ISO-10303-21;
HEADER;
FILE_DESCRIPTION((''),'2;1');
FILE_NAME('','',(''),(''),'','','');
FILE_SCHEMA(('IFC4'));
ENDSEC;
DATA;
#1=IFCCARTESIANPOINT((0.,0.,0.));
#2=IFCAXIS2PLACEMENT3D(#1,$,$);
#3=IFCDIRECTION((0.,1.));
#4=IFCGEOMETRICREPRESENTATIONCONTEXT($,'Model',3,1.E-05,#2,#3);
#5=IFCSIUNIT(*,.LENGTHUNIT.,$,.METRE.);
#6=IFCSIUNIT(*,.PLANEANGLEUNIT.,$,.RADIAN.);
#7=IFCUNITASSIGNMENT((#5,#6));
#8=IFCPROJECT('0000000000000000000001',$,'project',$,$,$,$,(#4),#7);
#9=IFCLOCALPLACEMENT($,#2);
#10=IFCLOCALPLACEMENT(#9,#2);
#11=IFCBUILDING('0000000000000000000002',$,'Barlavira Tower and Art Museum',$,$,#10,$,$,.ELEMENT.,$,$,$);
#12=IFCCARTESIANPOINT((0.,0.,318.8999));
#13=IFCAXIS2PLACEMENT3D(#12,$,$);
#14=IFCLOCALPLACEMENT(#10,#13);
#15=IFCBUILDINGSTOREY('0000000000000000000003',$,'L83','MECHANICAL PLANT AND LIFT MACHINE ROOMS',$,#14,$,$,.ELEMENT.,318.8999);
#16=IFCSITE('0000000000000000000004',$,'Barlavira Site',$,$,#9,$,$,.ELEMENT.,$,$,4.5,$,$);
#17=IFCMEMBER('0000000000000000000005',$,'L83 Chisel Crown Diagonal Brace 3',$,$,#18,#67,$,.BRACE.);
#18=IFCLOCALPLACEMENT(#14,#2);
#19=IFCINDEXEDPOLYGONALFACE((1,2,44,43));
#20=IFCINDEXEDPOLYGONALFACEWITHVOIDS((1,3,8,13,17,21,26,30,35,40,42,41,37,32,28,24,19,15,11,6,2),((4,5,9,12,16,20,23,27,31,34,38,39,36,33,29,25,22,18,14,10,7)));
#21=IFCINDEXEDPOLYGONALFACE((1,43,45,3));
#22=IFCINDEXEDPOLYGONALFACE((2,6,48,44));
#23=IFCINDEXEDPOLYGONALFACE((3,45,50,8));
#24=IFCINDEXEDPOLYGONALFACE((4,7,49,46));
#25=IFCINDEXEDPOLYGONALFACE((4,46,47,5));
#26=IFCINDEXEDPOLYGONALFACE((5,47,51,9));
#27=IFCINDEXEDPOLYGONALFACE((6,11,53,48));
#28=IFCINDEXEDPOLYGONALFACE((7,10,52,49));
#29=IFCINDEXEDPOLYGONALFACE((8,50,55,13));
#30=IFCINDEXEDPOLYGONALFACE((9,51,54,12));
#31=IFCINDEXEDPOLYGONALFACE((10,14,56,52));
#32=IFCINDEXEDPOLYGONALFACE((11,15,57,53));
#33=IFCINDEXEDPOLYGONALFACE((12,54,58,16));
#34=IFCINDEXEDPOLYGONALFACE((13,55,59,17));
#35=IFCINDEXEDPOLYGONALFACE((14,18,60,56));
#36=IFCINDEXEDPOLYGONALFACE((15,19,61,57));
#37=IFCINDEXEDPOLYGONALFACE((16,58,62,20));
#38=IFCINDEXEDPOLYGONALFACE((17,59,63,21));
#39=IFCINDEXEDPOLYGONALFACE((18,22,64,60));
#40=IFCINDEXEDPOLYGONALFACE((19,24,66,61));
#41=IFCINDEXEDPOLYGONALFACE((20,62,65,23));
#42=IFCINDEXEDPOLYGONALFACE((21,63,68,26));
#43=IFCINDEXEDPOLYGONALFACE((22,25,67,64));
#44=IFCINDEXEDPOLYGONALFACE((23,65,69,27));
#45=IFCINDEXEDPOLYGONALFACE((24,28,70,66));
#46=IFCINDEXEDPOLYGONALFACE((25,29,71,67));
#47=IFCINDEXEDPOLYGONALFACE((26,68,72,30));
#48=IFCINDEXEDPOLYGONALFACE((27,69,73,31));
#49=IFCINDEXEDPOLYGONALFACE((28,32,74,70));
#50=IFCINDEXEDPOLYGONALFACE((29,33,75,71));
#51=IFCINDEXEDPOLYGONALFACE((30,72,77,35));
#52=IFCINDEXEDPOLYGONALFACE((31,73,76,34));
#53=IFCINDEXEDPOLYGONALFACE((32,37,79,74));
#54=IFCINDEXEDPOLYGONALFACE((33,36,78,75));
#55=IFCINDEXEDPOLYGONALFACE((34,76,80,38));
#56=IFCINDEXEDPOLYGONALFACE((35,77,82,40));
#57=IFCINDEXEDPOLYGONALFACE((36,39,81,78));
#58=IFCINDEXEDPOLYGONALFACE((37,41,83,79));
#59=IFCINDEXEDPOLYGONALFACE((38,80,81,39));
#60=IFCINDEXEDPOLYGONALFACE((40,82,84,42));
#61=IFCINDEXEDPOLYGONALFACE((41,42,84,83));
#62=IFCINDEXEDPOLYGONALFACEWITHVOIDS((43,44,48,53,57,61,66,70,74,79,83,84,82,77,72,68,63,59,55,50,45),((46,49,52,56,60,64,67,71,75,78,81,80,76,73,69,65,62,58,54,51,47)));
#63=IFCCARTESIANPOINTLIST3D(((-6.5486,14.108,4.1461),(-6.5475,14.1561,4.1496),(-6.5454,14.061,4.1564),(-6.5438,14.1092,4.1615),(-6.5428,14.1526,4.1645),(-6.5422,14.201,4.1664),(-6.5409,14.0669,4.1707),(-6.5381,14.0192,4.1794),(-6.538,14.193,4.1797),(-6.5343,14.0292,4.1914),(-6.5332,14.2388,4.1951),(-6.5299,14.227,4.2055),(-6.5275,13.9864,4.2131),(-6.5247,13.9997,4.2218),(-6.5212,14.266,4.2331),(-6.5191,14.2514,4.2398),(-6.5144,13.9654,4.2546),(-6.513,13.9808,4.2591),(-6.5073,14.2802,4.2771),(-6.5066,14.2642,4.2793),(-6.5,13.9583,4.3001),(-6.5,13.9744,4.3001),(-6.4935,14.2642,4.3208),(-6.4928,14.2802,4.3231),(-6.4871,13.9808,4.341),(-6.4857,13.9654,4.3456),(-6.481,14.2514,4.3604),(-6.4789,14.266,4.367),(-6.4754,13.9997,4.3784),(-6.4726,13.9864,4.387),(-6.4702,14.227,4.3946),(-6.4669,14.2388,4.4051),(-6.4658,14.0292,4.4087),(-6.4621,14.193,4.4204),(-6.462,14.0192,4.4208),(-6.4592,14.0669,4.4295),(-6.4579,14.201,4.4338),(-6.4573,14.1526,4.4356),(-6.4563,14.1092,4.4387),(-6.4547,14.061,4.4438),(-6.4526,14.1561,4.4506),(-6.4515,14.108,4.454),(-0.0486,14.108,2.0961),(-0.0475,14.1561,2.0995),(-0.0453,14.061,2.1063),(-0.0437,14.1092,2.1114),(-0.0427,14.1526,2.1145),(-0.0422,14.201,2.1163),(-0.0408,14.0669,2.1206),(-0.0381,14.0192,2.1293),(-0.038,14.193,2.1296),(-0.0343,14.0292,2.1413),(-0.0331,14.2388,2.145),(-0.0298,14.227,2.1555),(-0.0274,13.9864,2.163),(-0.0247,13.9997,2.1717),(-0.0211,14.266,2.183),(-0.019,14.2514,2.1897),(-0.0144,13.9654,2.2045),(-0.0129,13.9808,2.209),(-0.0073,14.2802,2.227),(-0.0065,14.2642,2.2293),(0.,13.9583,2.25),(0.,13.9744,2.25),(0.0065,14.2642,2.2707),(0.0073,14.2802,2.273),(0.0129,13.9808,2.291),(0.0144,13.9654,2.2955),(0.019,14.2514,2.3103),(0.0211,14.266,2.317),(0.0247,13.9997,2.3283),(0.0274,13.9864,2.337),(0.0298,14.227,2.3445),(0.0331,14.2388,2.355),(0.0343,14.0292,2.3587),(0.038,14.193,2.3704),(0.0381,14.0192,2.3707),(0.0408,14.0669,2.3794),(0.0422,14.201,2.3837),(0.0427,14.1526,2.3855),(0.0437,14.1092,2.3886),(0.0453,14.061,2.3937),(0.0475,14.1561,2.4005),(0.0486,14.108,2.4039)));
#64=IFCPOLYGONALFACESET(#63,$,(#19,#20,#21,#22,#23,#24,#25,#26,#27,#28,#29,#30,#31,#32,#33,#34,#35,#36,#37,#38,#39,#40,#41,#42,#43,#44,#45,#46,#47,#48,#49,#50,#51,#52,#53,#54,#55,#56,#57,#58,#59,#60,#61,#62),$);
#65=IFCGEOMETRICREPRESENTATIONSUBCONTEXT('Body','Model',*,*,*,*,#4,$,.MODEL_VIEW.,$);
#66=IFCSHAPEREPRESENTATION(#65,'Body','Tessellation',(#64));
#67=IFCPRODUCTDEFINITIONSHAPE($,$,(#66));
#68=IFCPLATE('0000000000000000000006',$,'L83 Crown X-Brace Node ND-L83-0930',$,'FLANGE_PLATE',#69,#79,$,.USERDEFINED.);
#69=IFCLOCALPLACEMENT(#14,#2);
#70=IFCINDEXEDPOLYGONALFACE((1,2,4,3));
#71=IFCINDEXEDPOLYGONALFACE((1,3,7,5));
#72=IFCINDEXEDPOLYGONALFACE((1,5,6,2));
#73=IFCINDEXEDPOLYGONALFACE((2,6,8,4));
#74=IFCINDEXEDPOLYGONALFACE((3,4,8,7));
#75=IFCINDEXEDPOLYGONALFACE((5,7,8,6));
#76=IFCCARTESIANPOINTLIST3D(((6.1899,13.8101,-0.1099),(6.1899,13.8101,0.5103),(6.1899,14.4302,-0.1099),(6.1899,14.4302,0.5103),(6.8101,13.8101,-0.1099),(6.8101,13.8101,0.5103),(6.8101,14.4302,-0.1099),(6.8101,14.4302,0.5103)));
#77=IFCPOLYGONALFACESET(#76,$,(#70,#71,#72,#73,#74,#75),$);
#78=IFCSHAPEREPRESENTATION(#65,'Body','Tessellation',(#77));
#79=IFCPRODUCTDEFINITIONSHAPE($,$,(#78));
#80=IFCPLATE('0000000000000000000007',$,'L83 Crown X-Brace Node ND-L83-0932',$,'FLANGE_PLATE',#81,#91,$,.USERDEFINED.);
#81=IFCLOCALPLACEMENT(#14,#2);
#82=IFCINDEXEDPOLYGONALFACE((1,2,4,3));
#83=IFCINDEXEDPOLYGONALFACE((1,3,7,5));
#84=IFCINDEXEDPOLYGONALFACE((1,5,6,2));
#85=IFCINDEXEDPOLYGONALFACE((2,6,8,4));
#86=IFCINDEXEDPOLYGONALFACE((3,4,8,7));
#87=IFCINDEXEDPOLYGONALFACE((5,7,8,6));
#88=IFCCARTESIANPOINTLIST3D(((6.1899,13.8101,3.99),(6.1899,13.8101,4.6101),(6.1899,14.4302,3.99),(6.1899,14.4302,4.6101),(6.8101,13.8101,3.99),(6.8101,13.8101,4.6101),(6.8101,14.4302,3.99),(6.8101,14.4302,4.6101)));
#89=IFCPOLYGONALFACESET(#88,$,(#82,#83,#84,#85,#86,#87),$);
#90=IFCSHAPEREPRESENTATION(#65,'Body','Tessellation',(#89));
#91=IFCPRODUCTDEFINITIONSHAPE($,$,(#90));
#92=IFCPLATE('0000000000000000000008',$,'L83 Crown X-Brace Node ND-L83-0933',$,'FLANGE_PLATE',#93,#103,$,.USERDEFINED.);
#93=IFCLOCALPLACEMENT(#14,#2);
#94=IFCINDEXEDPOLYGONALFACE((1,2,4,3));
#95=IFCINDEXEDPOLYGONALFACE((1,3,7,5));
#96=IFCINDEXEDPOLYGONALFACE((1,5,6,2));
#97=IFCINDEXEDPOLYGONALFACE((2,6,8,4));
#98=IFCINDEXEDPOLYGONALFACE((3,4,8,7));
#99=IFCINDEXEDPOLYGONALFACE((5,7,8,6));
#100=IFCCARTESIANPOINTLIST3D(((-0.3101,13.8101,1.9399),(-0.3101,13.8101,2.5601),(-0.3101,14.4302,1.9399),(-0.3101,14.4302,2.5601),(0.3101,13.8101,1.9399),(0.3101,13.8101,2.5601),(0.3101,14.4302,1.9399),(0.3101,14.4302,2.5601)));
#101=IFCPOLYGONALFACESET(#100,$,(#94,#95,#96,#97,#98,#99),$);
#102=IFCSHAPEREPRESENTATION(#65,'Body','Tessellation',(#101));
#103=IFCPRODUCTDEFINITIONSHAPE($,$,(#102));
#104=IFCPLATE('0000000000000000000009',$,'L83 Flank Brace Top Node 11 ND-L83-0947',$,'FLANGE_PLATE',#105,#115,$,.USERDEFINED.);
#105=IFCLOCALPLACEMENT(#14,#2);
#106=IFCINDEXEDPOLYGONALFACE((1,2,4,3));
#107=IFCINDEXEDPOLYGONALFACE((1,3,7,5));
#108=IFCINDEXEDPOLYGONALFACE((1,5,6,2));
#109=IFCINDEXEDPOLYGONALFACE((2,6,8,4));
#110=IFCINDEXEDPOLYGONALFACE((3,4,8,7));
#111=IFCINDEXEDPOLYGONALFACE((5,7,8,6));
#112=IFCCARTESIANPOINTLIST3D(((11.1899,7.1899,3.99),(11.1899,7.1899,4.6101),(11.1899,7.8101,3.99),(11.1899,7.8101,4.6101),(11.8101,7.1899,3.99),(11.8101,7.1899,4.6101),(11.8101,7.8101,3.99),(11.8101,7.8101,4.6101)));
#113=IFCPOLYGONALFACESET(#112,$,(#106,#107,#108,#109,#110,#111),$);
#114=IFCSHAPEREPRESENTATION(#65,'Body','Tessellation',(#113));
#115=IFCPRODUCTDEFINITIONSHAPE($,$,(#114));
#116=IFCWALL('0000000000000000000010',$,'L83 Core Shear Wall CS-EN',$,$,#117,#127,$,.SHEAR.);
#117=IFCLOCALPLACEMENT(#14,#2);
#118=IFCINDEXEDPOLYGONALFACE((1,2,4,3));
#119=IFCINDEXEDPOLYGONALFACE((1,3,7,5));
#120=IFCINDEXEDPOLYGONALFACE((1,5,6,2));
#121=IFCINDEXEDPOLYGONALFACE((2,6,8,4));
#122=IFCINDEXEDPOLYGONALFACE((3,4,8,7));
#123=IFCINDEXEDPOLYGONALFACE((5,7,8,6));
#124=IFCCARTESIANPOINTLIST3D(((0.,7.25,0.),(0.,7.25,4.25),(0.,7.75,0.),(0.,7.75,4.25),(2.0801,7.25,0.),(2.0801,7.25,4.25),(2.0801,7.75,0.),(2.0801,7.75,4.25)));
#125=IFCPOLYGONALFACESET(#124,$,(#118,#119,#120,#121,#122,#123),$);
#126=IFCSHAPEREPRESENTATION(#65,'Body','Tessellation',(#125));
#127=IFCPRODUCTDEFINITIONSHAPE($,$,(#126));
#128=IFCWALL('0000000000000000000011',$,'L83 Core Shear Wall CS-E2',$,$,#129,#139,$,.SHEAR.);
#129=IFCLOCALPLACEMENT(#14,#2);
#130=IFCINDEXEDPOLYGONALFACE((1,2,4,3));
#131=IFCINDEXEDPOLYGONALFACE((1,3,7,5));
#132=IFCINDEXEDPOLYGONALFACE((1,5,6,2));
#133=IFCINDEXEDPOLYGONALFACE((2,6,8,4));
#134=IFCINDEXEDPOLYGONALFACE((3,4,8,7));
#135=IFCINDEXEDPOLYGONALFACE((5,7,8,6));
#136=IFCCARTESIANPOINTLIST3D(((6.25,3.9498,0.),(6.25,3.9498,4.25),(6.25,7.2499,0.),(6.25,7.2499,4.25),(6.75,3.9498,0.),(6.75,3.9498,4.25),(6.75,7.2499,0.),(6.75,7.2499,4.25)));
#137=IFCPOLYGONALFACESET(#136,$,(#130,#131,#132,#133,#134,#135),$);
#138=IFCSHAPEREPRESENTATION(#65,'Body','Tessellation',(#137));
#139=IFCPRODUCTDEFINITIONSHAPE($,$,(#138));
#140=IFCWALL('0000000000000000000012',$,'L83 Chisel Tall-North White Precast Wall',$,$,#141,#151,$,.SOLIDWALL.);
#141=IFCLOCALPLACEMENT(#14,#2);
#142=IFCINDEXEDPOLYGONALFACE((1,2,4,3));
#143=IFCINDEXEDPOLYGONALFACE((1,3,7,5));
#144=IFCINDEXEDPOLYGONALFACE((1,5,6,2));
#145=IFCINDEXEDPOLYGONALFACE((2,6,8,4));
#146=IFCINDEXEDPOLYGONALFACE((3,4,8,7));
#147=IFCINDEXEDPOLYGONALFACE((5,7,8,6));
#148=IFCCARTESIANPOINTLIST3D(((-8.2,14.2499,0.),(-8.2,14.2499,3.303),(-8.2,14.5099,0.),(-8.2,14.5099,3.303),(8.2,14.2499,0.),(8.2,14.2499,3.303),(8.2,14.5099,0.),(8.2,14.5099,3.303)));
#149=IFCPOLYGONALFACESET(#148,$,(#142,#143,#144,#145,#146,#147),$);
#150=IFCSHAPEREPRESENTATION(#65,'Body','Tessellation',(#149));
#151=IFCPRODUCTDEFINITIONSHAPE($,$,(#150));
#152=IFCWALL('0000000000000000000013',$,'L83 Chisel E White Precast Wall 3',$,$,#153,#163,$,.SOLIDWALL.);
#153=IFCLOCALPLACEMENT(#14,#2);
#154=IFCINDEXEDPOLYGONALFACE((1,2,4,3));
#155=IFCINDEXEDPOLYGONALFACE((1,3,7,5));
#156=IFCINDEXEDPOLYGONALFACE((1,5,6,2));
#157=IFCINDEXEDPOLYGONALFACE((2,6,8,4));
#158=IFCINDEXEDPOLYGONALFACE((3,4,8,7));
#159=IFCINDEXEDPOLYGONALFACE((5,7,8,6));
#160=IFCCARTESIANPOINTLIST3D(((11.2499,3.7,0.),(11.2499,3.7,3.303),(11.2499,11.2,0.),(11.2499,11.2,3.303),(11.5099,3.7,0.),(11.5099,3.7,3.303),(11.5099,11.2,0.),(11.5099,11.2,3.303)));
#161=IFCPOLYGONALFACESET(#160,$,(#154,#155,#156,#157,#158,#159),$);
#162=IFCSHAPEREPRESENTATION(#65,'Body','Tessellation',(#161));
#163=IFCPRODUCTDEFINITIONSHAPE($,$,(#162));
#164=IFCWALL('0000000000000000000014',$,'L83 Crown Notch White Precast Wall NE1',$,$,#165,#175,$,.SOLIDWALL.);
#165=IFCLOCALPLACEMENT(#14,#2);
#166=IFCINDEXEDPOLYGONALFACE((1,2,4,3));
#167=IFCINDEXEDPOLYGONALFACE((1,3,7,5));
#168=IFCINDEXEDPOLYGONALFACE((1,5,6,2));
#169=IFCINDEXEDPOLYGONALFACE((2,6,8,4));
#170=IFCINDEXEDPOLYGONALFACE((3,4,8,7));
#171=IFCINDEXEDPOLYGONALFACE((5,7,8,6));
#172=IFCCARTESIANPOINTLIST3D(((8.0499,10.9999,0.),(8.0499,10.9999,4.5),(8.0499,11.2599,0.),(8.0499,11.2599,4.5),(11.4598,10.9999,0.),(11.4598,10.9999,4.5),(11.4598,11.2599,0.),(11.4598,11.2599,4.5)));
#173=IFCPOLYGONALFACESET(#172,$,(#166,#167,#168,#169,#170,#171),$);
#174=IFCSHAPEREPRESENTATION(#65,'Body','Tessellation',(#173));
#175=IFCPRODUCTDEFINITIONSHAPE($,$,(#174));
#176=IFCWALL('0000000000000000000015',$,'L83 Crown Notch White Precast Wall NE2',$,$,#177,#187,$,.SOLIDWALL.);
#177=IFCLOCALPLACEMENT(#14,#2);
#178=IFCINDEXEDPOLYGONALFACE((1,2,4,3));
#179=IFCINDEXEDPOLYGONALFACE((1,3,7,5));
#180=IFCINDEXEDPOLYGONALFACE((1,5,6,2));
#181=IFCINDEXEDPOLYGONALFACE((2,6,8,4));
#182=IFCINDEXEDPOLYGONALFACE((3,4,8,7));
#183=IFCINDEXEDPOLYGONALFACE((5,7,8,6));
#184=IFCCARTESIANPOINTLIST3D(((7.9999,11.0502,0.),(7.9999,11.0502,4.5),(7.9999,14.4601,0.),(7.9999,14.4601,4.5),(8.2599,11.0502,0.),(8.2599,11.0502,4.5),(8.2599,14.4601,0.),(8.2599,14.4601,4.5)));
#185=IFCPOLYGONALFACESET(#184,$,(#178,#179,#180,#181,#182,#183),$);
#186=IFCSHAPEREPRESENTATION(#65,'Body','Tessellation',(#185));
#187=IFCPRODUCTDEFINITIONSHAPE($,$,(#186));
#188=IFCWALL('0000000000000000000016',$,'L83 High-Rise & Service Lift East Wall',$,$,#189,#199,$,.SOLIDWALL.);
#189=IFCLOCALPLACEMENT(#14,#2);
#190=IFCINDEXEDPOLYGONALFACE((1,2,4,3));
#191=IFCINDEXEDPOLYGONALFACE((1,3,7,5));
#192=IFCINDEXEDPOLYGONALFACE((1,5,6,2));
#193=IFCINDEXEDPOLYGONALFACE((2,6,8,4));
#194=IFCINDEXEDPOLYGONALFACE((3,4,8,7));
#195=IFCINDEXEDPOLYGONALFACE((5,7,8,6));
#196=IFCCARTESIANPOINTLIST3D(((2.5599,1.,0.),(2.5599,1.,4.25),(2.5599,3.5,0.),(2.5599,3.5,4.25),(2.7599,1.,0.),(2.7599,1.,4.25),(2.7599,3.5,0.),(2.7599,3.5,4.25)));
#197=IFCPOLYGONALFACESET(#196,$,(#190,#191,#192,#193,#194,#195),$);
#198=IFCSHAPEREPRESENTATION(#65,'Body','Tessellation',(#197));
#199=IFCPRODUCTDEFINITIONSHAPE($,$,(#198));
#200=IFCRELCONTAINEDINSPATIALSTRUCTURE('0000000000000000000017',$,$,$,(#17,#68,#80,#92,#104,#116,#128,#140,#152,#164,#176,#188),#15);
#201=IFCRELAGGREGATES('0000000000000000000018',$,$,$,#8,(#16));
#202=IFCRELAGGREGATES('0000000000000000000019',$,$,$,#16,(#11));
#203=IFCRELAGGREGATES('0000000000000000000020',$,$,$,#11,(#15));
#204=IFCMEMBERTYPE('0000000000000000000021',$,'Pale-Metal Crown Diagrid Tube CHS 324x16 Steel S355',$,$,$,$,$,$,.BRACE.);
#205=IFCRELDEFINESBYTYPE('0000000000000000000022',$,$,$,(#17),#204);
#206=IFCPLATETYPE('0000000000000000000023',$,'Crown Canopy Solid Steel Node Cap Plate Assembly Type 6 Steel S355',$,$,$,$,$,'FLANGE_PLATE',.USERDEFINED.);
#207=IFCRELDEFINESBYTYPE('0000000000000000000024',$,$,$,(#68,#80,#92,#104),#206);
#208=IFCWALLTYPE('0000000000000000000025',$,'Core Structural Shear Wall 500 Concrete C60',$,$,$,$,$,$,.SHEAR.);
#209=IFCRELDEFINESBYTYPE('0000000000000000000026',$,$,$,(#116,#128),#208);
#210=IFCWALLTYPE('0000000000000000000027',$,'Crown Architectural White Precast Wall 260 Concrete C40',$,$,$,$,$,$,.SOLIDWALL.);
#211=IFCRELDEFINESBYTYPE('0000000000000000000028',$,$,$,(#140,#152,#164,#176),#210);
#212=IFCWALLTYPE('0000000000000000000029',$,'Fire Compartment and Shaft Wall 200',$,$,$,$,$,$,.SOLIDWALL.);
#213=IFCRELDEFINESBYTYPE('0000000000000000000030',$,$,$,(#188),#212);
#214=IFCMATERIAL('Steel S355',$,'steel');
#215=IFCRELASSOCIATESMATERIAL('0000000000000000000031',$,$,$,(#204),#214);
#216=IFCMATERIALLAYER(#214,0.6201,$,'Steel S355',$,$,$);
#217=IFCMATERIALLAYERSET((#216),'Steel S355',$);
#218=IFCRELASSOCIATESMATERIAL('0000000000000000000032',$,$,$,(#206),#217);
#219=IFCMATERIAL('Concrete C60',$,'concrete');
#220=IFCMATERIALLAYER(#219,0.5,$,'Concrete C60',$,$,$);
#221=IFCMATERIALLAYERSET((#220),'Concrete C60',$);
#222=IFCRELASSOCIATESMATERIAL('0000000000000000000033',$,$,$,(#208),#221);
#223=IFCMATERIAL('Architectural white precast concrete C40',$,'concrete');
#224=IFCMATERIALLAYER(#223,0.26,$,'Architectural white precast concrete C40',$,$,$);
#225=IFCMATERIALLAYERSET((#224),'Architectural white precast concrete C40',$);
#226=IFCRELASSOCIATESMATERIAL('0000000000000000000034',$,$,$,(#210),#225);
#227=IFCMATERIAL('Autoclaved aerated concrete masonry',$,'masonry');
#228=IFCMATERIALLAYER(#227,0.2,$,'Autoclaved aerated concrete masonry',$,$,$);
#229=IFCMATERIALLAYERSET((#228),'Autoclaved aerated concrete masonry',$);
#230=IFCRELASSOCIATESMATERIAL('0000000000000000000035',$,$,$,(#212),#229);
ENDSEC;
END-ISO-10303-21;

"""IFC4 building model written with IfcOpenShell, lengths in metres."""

from ifc_helpers import new_model, si_unit, direction, frame, frame_2d, origin, origin_2d, place, context, subcontext, project, spatial, rectangle, hollow_circle, extrude, material, layer, layer_set, material_profile, profile_set, type_object, element, save


model = new_model("IFC4")

# Units and contexts
model_context = context("Model", 3, precision=1e-05, world=origin(), true_north=direction((0.0, 1.0)))
body_context = subcontext(model_context, "Body", "Model", "MODEL_VIEW")
ifc_project = project(units=[si_unit("LENGTHUNIT", "METRE"), si_unit("PLANEANGLEUNIT", "RADIAN")], contexts=[model_context])

# Site, building, storey
site_placement = place(None, origin())
site = spatial("IfcSite", under=ifc_project, at=site_placement, Name="Barlavira Site", CompositionType="ELEMENT", RefElevation=4.5)
building_placement = place(site_placement, origin())
building = spatial("IfcBuilding", under=site, at=building_placement, Name="Barlavira Tower and Art Museum", CompositionType="ELEMENT")
storey_placement = place(building_placement, frame((0.0, 0.0, 318.8999)))
storey = spatial("IfcBuildingStorey", under=building, at=storey_placement, Name="L83", Description="MECHANICAL PLANT AND LIFT MACHINE ROOMS", CompositionType="ELEMENT", Elevation=318.8999)

# Shared definitions
ifc_material_1 = material(Name="Steel S355", Category="steel")

# Member
ifc_material_profile_1 = material_profile(ifc_material_1, hollow_circle(Radius=0.1619, WallThickness=0.0161, at=origin_2d()), Name="CHS 323.9x16.0")
ifc_profile_set_1 = profile_set([ifc_material_profile_1], Name="Steel S355")
member_type = type_object("IfcMemberType", Name="Pale-Metal Crown Diagrid Tube CHS 324x16 Steel S355", PredefinedType="BRACE", material=ifc_profile_set_1)
member_1_placement = place(storey_placement, frame((0.0, 14.1201, 2.25), z_axis=(-0.953691, 0.0, 0.300787), x_axis=(0.0, -1.0, 0.0)))
element("IfcMember", 1, at=member_1_placement, inside=storey, type_object=member_type, Name="L83 Chisel Crown Diagonal Brace 3", PredefinedType="BRACE", context=body_context, shape_type="SweptSolid", body=[
    extrude(hollow_circle(Radius=0.1619, WallThickness=0.0161, at=origin_2d()), origin(), (0.0, 0.0, 1.0), 6.8157),
])

# Plates
ifc_layer_1 = layer(ifc_material_1, 0.6201, Name="Steel S355")
ifc_layer_set_1 = layer_set([ifc_layer_1], Name="Steel S355")
plate_type = type_object("IfcPlateType", Name="Crown Canopy Solid Steel Node Cap Plate Assembly Type 6 Steel S355", ElementType="FLANGE_PLATE", PredefinedType="USERDEFINED", material=ifc_layer_set_1)
for number, where, z_axis, x_axis, name in (
    (2, (6.5, 14.1201, -0.1099), (0.0, 0.0, 1.0), (1.0, 0.0, 0.0), "L83 Crown X-Brace Node ND-L83-0930"),
    (3, (6.5, 14.1201, 3.99), (0.0, 0.0, 1.0), (1.0, 0.0, 0.0), "L83 Crown X-Brace Node ND-L83-0932"),
    (4, (0.0, 14.1201, 1.9399), (0.0, 0.0, 1.0), (1.0, 0.0, 0.0), "L83 Crown X-Brace Node ND-L83-0933"),
    (5, (11.5, 7.5, 3.99), (0.0, 0.0, 1.0), (1.0, 0.0, 0.0), "L83 Flank Brace Top Node 11 ND-L83-0947"),
):
    element("IfcPlate", number, at=place(storey_placement, frame(where, z_axis=z_axis, x_axis=x_axis)), inside=storey, type_object=plate_type, Name=name, ObjectType="FLANGE_PLATE", PredefinedType="USERDEFINED", context=body_context, shape_type="SweptSolid", body=[
        extrude(rectangle(XDim=0.6201, YDim=0.6201, at=origin_2d()), origin(), (0.0, 0.0, 1.0), 0.6201),
    ])

# Walls
ifc_material_2 = material(Name="Concrete C60", Category="concrete")
ifc_layer_2 = layer(ifc_material_2, 0.5, Name="Concrete C60")
ifc_layer_set_2 = layer_set([ifc_layer_2], Name="Concrete C60")
wall_type_1 = type_object("IfcWallType", Name="Core Structural Shear Wall 500 Concrete C60", PredefinedType="SHEAR", material=ifc_layer_set_2)
wall_1_placement = place(storey_placement, frame((0.0, 7.5, 0.0), z_axis=(0.0, 0.0, 1.0), x_axis=(1.0, 0.0, 0.0)))
element("IfcWall", 6, at=wall_1_placement, inside=storey, type_object=wall_type_1, Name="L83 Core Shear Wall CS-EN", PredefinedType="SHEAR", context=body_context, shape_type="SweptSolid", body=[
    extrude(rectangle(XDim=2.0801, YDim=0.5, at=frame_2d((1.04, 0.0))), origin(), (0.0, 0.0, 1.0), 4.25),
])
wall_2_placement = place(storey_placement, frame((6.5, 3.95, 0.0), z_axis=(0.0, 0.0, 1.0), x_axis=(0.0, 1.0, 0.0)))
element("IfcWall", 7, at=wall_2_placement, inside=storey, type_object=wall_type_1, Name="L83 Core Shear Wall CS-E2", PredefinedType="SHEAR", context=body_context, shape_type="SweptSolid", body=[
    extrude(rectangle(XDim=3.3, YDim=0.5, at=frame_2d((1.6499, 0.0))), origin(), (0.0, 0.0, 1.0), 4.25),
])
ifc_material_3 = material(Name="Architectural white precast concrete C40", Category="concrete")
ifc_layer_3 = layer(ifc_material_3, 0.26, Name="Architectural white precast concrete C40")
ifc_layer_set_3 = layer_set([ifc_layer_3], Name="Architectural white precast concrete C40")
wall_type_2 = type_object("IfcWallType", Name="Crown Architectural White Precast Wall 260 Concrete C40", PredefinedType="SOLIDWALL", material=ifc_layer_set_3)
wall_3_placement = place(storey_placement, frame((8.2, 14.3799, 0.0), z_axis=(0.0, 0.0, 1.0), x_axis=(-1.0, 0.0, 0.0)))
element("IfcWall", 8, at=wall_3_placement, inside=storey, type_object=wall_type_2, Name="L83 Chisel Tall-North White Precast Wall", PredefinedType="SOLIDWALL", context=body_context, shape_type="SweptSolid", body=[
    extrude(rectangle(XDim=16.3999, YDim=0.26, at=frame_2d((8.2, 0.0))), origin(), (0.0, 0.0, 1.0), 3.303),
])
wall_4_placement = place(storey_placement, frame((11.3799, 3.7, 0.0), z_axis=(0.0, 0.0, 1.0), x_axis=(0.0, 1.0, 0.0)))
element("IfcWall", 9, at=wall_4_placement, inside=storey, type_object=wall_type_2, Name="L83 Chisel E White Precast Wall 3", PredefinedType="SOLIDWALL", context=body_context, shape_type="SweptSolid", body=[
    extrude(rectangle(XDim=7.5, YDim=0.26, at=frame_2d((3.75, 0.0))), origin(), (0.0, 0.0, 1.0), 3.303),
])
for number, where, z_axis, x_axis, name in (
    (10, (11.46, 11.1299, 0.0), (0.0, 0.0, 1.0), (-1.0, 0.0, 0.0), "L83 Crown Notch White Precast Wall NE1"),
    (11, (8.1299, 11.05, 0.0), (0.0, 0.0, 1.0), (0.0, 1.0, 0.0), "L83 Crown Notch White Precast Wall NE2"),
):
    element("IfcWall", number, at=place(storey_placement, frame(where, z_axis=z_axis, x_axis=x_axis)), inside=storey, type_object=wall_type_2, Name=name, PredefinedType="SOLIDWALL", context=body_context, shape_type="SweptSolid", body=[
        extrude(rectangle(XDim=3.4099, YDim=0.26, at=frame_2d((1.7051, 0.0))), origin(), (0.0, 0.0, 1.0), 4.5),
    ])
ifc_material_4 = material(Name="Autoclaved aerated concrete masonry", Category="masonry")
ifc_layer_4 = layer(ifc_material_4, 0.2, Name="Autoclaved aerated concrete masonry")
ifc_layer_set_4 = layer_set([ifc_layer_4], Name="Autoclaved aerated concrete masonry")
wall_type_3 = type_object("IfcWallType", Name="Fire Compartment and Shaft Wall 200", PredefinedType="SOLIDWALL", material=ifc_layer_set_4)
wall_5_placement = place(storey_placement, frame((2.6599, 1.0, 0.0), z_axis=(0.0, 0.0, 1.0), x_axis=(0.0, 1.0, 0.0)))
element("IfcWall", 12, at=wall_5_placement, inside=storey, type_object=wall_type_3, Name="L83 High-Rise & Service Lift East Wall", PredefinedType="SOLIDWALL", context=body_context, shape_type="SweptSolid", body=[
    extrude(rectangle(XDim=2.5, YDim=0.2, at=frame_2d((1.25, 0.0))), origin(), (0.0, 0.0, 1.0), 4.25),
])

save(model, "model.ifc")
